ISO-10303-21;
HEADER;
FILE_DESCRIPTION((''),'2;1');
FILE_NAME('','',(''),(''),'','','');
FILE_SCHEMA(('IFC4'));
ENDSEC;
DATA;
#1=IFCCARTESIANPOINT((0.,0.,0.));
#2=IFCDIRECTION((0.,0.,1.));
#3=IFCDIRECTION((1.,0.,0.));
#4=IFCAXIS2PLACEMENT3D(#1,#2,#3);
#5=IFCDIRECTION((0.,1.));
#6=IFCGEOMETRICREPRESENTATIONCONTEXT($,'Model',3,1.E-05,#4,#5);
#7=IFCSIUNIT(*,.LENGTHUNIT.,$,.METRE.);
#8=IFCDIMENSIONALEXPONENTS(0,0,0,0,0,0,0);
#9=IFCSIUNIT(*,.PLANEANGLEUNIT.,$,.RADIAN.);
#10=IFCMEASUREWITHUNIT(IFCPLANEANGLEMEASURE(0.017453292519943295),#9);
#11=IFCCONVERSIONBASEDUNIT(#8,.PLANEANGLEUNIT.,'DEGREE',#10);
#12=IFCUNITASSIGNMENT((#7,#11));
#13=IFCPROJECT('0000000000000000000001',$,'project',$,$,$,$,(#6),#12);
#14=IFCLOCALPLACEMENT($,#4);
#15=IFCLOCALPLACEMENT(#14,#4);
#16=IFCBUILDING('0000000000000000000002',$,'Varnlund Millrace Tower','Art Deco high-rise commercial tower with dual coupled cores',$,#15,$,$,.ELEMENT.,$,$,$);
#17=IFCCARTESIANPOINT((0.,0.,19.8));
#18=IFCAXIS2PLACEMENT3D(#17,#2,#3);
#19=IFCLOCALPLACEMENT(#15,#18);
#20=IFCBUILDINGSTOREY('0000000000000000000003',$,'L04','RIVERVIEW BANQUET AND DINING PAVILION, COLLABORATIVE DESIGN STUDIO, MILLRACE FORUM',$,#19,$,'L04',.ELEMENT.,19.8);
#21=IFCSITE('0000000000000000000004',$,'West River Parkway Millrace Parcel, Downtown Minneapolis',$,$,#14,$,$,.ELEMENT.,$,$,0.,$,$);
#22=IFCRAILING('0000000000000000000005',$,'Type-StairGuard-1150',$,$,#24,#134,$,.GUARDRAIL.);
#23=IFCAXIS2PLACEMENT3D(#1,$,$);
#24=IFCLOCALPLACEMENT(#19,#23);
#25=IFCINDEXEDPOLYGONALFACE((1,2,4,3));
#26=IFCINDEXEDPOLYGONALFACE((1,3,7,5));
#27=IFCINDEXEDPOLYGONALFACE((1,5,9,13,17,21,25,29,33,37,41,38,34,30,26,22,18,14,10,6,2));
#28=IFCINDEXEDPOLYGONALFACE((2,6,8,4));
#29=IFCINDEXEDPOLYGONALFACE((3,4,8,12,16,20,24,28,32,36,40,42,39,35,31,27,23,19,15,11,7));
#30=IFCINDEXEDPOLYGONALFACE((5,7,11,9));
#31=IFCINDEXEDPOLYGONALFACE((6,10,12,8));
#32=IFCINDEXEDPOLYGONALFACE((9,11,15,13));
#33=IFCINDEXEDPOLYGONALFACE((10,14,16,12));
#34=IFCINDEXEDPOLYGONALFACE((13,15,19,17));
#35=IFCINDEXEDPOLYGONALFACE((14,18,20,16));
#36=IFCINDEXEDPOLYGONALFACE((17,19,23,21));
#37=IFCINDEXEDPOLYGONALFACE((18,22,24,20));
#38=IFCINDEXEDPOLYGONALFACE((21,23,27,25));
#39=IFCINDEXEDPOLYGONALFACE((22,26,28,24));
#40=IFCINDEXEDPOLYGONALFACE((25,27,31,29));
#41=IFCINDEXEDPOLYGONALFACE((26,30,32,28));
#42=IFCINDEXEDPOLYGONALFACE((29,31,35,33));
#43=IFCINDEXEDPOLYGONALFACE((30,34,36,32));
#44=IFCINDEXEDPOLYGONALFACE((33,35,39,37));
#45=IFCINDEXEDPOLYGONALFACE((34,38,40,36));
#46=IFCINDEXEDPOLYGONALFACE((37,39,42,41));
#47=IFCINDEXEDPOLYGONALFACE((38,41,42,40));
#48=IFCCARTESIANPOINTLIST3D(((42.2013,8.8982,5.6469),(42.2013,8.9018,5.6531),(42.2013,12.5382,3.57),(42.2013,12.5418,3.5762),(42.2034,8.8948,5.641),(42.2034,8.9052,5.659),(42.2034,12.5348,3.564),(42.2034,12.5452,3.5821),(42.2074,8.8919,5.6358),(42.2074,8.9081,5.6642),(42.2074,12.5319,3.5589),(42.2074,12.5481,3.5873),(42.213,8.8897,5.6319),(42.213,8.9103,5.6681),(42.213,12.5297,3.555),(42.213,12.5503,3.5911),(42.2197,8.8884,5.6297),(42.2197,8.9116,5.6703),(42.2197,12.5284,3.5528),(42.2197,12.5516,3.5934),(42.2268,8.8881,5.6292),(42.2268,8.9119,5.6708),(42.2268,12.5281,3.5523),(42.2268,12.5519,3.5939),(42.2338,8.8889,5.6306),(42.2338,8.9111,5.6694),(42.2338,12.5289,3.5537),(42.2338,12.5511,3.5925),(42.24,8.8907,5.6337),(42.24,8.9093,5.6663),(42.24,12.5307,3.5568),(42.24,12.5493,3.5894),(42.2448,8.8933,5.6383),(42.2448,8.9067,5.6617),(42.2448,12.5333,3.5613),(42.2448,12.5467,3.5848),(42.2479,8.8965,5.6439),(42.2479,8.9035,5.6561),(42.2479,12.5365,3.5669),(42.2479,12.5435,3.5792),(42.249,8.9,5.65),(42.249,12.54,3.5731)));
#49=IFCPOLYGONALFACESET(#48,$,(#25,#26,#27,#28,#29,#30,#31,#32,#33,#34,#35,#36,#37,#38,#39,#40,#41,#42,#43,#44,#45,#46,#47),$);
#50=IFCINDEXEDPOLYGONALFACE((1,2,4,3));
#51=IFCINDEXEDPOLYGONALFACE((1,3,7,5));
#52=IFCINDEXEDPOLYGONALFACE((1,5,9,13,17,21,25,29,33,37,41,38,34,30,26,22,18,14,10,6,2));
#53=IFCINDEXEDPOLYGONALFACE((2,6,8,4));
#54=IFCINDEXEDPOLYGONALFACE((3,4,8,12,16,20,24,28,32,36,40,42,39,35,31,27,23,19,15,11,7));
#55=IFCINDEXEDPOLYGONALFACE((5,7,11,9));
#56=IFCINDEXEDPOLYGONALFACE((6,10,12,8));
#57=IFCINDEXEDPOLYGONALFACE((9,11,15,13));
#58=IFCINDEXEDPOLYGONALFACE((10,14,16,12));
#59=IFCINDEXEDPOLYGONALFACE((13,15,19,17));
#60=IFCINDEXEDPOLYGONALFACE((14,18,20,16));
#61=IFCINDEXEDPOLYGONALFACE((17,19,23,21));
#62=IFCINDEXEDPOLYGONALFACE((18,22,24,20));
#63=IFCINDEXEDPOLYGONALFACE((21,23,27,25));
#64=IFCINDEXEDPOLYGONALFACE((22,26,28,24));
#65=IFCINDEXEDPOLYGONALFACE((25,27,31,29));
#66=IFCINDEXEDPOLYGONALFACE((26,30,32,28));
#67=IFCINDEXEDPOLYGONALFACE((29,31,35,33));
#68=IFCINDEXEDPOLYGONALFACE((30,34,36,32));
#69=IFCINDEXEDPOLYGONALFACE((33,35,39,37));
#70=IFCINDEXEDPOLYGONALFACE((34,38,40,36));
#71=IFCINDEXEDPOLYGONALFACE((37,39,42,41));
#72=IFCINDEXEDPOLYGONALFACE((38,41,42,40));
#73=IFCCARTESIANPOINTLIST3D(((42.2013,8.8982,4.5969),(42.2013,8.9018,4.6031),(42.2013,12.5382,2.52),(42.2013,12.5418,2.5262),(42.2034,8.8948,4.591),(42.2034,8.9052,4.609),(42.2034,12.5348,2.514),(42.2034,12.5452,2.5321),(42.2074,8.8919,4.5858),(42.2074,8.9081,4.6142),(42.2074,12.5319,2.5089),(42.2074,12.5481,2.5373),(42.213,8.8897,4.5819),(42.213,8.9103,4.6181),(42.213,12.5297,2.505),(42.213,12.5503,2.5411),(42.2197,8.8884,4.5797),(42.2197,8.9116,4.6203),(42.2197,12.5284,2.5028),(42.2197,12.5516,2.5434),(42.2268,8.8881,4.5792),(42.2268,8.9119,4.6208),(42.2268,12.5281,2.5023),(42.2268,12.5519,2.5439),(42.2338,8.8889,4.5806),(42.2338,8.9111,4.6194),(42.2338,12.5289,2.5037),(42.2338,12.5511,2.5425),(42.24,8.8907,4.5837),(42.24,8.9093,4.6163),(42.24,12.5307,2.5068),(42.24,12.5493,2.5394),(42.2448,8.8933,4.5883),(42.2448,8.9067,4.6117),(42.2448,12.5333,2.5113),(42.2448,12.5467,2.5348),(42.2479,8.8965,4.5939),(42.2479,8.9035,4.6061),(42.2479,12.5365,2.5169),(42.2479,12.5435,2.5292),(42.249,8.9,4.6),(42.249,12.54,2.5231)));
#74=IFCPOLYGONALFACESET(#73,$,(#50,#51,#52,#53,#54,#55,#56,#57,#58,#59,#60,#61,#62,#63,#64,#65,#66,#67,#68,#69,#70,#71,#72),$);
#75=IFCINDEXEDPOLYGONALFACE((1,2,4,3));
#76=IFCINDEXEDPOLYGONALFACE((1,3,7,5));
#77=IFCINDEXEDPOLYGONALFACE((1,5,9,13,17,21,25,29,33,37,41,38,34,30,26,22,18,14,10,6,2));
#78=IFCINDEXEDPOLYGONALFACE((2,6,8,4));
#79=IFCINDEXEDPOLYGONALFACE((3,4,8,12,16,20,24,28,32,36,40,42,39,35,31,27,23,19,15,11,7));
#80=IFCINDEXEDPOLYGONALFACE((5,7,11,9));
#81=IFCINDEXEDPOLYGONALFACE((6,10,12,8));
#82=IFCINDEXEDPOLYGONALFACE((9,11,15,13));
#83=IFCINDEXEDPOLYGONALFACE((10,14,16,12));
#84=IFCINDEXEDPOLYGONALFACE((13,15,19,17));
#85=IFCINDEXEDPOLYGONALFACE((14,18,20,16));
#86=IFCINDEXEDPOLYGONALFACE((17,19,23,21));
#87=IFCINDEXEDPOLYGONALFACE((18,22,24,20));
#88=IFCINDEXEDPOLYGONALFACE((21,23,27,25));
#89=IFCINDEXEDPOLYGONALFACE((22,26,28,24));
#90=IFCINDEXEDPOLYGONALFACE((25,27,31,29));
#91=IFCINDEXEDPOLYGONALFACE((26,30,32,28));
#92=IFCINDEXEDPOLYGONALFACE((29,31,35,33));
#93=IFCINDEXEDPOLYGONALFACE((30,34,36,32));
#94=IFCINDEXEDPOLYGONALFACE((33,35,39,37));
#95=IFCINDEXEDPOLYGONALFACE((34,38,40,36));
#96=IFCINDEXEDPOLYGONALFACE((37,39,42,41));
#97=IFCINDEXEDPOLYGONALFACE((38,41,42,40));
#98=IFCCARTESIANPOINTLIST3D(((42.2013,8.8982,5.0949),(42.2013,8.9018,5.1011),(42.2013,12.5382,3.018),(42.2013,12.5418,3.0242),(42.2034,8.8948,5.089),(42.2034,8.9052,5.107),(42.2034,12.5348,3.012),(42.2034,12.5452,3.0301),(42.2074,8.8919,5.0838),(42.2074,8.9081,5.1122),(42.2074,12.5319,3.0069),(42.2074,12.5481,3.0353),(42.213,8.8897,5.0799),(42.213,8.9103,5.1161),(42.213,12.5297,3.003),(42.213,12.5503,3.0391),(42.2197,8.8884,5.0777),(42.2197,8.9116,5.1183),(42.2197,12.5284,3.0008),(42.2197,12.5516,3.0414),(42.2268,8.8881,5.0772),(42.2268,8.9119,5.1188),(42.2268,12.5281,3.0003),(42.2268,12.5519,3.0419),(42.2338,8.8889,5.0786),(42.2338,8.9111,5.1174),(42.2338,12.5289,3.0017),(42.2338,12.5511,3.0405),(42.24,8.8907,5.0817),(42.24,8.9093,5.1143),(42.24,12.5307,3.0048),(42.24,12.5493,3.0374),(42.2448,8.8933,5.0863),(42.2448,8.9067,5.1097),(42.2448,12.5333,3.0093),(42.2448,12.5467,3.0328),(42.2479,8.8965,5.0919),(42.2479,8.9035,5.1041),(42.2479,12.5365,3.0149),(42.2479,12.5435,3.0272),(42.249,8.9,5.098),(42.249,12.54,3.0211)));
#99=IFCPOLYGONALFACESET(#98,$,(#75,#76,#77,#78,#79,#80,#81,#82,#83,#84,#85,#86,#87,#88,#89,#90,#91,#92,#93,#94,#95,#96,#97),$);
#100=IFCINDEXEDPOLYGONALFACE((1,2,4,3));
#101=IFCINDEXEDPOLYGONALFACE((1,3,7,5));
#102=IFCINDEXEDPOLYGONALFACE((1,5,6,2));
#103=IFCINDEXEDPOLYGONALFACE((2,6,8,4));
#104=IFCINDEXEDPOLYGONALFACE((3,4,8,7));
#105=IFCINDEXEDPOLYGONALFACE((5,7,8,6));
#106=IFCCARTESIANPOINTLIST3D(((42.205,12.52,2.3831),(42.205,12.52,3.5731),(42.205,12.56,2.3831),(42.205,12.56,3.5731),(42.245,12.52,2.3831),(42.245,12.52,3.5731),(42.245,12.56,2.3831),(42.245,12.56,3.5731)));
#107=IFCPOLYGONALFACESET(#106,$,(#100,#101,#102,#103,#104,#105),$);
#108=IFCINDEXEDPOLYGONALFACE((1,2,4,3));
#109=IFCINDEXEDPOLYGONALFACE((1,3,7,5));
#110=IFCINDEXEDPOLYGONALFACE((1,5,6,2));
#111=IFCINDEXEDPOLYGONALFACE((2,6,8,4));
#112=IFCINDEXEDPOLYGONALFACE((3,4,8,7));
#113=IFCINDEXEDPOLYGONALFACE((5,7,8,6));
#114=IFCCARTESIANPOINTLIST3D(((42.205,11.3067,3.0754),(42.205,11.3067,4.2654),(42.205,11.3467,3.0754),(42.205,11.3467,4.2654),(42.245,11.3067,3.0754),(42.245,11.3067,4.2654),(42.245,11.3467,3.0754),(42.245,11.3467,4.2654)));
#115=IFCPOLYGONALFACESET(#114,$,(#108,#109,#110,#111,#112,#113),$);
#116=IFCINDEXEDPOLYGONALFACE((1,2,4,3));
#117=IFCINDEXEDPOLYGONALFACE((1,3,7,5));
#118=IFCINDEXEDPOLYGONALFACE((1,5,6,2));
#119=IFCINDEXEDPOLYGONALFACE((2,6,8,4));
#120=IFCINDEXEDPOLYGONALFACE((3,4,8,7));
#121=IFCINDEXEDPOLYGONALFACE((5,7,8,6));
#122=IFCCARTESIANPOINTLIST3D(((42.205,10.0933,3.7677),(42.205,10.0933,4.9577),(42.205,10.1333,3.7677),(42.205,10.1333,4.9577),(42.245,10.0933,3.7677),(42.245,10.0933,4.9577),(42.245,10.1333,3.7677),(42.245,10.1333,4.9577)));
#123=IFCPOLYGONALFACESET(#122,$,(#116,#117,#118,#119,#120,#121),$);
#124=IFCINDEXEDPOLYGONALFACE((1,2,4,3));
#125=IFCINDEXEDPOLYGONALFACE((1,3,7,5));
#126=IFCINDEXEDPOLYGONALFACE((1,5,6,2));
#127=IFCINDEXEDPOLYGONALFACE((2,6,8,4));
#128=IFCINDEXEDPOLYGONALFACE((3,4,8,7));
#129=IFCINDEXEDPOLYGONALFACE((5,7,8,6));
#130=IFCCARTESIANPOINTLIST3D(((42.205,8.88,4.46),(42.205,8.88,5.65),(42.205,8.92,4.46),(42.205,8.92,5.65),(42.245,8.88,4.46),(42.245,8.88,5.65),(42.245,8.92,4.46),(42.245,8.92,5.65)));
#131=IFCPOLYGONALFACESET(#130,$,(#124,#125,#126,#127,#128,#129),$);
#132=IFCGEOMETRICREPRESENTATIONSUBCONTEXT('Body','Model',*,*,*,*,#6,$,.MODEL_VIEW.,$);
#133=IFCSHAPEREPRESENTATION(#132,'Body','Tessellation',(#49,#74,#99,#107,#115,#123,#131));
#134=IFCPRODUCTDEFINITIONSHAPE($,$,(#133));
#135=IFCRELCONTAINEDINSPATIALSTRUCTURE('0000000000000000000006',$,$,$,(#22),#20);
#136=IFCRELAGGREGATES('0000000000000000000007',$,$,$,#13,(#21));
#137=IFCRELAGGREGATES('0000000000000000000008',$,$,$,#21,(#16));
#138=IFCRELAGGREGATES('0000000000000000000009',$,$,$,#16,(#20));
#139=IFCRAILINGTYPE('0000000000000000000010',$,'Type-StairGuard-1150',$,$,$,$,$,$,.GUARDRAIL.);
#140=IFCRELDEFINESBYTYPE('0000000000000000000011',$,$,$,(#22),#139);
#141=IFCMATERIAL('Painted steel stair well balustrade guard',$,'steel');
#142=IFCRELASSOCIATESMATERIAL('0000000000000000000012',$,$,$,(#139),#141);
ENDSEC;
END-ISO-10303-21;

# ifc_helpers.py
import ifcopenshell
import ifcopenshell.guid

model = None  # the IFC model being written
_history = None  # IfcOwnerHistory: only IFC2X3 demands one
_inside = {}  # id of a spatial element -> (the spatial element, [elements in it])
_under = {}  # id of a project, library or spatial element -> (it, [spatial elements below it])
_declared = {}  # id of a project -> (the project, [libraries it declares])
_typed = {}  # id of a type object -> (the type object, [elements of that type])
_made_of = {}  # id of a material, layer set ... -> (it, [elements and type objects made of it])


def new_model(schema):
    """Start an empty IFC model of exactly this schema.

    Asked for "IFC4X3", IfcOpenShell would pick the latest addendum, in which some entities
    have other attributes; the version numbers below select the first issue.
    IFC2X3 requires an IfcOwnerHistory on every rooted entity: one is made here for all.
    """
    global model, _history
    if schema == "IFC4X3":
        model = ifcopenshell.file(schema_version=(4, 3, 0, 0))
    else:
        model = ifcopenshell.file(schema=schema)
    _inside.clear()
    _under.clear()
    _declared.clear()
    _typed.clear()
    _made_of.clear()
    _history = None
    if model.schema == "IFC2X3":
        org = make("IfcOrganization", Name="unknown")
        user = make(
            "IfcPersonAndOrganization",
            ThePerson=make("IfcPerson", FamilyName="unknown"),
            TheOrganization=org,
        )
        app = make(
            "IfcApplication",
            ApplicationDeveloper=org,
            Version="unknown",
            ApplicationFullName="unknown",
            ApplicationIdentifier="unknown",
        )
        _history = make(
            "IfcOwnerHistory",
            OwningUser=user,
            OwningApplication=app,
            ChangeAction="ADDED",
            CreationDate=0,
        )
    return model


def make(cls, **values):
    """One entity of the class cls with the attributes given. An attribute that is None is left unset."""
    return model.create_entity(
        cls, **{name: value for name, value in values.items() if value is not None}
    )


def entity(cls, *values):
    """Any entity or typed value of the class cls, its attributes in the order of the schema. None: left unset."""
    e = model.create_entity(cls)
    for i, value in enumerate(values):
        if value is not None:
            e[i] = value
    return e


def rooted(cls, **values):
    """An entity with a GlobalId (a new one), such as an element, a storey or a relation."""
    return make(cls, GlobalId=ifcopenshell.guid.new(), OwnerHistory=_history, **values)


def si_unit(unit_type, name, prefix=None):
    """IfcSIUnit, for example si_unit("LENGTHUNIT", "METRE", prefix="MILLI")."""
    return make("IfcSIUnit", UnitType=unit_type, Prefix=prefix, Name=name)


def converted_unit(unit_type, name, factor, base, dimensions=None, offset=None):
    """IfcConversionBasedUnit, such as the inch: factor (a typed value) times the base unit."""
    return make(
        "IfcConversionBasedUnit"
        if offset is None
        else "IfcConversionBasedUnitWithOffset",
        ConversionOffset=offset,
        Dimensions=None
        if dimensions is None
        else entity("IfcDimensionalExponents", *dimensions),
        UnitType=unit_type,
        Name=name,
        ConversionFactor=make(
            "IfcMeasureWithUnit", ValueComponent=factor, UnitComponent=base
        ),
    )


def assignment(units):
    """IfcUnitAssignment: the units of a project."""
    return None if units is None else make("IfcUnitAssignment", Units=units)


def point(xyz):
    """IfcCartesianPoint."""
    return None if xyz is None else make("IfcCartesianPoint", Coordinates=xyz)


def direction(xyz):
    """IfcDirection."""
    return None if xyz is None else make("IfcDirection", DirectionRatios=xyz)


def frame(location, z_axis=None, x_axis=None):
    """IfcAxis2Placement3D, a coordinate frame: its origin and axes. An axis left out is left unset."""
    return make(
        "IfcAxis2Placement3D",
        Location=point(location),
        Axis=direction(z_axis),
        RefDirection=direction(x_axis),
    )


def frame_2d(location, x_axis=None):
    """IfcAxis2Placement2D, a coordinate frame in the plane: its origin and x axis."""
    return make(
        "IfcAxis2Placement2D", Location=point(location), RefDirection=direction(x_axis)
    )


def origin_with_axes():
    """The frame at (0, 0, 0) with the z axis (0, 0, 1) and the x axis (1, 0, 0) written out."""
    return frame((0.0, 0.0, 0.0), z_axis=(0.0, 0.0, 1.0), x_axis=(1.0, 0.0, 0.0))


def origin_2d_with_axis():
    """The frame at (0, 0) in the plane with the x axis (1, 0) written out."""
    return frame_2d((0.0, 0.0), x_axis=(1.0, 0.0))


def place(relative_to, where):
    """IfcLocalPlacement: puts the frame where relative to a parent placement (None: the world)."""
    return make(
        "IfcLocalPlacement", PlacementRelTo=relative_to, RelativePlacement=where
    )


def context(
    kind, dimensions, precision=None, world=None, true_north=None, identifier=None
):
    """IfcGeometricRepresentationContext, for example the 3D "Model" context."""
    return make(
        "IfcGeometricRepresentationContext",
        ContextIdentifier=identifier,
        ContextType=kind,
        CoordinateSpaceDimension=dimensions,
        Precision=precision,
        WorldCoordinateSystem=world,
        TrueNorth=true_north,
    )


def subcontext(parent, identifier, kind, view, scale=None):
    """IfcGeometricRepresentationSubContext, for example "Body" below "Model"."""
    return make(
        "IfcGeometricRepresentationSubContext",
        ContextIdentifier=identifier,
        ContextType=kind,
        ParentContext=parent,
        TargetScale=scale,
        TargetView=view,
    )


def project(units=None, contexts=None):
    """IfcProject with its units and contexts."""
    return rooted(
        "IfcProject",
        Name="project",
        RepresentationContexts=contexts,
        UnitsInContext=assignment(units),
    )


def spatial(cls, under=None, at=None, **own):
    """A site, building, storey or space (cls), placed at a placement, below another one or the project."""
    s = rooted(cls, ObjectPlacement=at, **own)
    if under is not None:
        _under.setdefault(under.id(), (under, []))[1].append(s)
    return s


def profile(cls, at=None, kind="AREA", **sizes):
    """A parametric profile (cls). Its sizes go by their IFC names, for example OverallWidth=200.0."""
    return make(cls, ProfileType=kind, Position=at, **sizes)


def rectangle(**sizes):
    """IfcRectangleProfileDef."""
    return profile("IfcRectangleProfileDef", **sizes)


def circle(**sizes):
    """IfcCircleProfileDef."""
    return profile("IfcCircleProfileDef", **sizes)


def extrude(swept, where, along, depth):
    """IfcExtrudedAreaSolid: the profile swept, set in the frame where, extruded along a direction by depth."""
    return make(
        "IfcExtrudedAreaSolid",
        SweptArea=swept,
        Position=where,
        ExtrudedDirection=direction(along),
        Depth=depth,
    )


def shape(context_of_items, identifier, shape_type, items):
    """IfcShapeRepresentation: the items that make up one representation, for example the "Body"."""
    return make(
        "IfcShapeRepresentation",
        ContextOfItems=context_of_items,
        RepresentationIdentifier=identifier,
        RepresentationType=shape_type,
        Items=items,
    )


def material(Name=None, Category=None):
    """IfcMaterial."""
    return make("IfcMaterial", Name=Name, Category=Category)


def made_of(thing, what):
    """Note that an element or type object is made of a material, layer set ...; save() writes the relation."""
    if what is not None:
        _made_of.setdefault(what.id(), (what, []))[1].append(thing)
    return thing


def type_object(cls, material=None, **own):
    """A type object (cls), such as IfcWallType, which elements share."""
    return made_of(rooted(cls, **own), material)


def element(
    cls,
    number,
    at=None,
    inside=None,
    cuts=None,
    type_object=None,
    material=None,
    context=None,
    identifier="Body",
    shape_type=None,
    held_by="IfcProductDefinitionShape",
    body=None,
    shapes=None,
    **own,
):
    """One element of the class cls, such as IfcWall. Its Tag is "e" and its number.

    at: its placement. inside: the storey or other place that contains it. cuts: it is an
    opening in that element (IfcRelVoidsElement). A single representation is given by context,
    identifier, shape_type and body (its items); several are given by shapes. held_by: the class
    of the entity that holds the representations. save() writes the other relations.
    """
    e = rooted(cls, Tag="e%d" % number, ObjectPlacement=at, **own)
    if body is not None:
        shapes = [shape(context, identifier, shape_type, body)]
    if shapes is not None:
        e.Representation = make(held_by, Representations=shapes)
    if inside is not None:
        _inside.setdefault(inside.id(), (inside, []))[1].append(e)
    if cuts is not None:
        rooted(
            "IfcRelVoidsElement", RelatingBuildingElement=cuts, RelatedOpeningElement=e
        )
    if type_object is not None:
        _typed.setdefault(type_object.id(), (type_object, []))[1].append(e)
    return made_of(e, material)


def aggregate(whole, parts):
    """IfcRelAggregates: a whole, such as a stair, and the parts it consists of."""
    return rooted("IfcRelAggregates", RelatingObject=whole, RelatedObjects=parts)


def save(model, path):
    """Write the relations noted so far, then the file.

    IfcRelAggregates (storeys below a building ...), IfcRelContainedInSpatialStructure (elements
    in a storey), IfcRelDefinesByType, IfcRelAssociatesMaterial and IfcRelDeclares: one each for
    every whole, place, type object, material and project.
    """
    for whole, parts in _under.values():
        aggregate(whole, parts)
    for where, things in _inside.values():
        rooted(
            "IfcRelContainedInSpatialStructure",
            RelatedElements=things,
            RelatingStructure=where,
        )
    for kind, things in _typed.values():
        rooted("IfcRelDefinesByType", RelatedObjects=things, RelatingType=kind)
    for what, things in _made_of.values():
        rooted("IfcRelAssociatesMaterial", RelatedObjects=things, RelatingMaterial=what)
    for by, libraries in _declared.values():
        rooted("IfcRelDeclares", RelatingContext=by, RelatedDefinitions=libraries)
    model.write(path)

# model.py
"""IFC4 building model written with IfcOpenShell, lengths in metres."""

from ifc_helpers import new_model, entity, si_unit, converted_unit, direction, frame, origin_with_axes, origin_2d_with_axis, place, context, subcontext, project, spatial, rectangle, circle, extrude, material, type_object, element, save


model = new_model("IFC4")

# Units and contexts
model_context = context("Model", 3, precision=1e-05, world=origin_with_axes(), true_north=direction((0.0, 1.0)))
body_context = subcontext(model_context, "Body", "Model", "MODEL_VIEW")
ifc_project = project(units=[si_unit("LENGTHUNIT", "METRE"), converted_unit("PLANEANGLEUNIT", "DEGREE", entity("IfcPlaneAngleMeasure", 0.017453292519943295), si_unit("PLANEANGLEUNIT", "RADIAN"), dimensions=[0, 0, 0, 0, 0, 0, 0])], contexts=[model_context])

# Site, building, storey
site_placement = place(None, origin_with_axes())
site = spatial("IfcSite", under=ifc_project, at=site_placement, Name="West River Parkway Millrace Parcel, Downtown Minneapolis", CompositionType="ELEMENT", RefElevation=0.0)
building_placement = place(site_placement, origin_with_axes())
building = spatial("IfcBuilding", under=site, at=building_placement, Name="Varnlund Millrace Tower", Description="Art Deco high-rise commercial tower with dual coupled cores", CompositionType="ELEMENT")
storey_placement = place(building_placement, frame((0.0, 0.0, 19.8), z_axis=(0.0, 0.0, 1.0), x_axis=(1.0, 0.0, 0.0)))
storey = spatial("IfcBuildingStorey", under=building, at=storey_placement, Name="L04", Description="RIVERVIEW BANQUET AND DINING PAVILION, COLLABORATIVE DESIGN STUDIO, MILLRACE FORUM", LongName="L04", CompositionType="ELEMENT", Elevation=19.8)

# Railing
ifc_material_1 = material(Name="Painted steel stair well balustrade guard", Category="steel")
railing_type_1 = type_object("IfcRailingType", Name="Type-StairGuard-1150", PredefinedType="GUARDRAIL", material=ifc_material_1)
railing_1_placement = place(storey_placement, frame((0.0, 0.0, -19.8), z_axis=(0.0, 0.0, 1.0), x_axis=(1.0, 0.0, 0.0)))
element("IfcRailing", 1, at=railing_1_placement, inside=storey, type_object=railing_type_1, Name="Type-StairGuard-1150", PredefinedType="GUARDRAIL", context=body_context, shape_type="SweptSolid", body=[
    extrude(circle(Radius=0.024, at=origin_2d_with_axis()), frame((42.225, 12.54, 23.3731), z_axis=(0.0, -0.868559, 0.495585), x_axis=(1.0, 0.0, 0.0)), (0.0, 0.0, 1.0), 4.1908),
    extrude(circle(Radius=0.024, at=origin_2d_with_axis()), frame((42.225, 12.54, 22.3231), z_axis=(0.0, -0.868559, 0.495585), x_axis=(1.0, 0.0, 0.0)), (0.0, 0.0, 1.0), 4.1908),
    extrude(circle(Radius=0.024, at=origin_2d_with_axis()), frame((42.225, 12.54, 22.8211), z_axis=(0.0, -0.868559, 0.495585), x_axis=(1.0, 0.0, 0.0)), (0.0, 0.0, 1.0), 4.1908),
    extrude(rectangle(XDim=0.04, YDim=0.04, at=origin_2d_with_axis()), frame((42.225, 12.54, 22.1831), z_axis=(0.0, 0.0, 1.0), x_axis=(1.0, 0.0, 0.0)), (0.0, 0.0, 1.0), 1.19),
    extrude(rectangle(XDim=0.04, YDim=0.04, at=origin_2d_with_axis()), frame((42.225, 11.3267, 22.8754), z_axis=(0.0, 0.0, 1.0), x_axis=(1.0, 0.0, 0.0)), (0.0, 0.0, 1.0), 1.19),
    extrude(rectangle(XDim=0.04, YDim=0.04, at=origin_2d_with_axis()), frame((42.225, 10.1133, 23.5677), z_axis=(0.0, 0.0, 1.0), x_axis=(1.0, 0.0, 0.0)), (0.0, 0.0, 1.0), 1.19),
    extrude(rectangle(XDim=0.04, YDim=0.04, at=origin_2d_with_axis()), frame((42.225, 8.9, 24.26), z_axis=(0.0, 0.0, 1.0), x_axis=(1.0, 0.0, 0.0)), (0.0, 0.0, 1.0), 1.19),
])

save(model, "model.ifc")
